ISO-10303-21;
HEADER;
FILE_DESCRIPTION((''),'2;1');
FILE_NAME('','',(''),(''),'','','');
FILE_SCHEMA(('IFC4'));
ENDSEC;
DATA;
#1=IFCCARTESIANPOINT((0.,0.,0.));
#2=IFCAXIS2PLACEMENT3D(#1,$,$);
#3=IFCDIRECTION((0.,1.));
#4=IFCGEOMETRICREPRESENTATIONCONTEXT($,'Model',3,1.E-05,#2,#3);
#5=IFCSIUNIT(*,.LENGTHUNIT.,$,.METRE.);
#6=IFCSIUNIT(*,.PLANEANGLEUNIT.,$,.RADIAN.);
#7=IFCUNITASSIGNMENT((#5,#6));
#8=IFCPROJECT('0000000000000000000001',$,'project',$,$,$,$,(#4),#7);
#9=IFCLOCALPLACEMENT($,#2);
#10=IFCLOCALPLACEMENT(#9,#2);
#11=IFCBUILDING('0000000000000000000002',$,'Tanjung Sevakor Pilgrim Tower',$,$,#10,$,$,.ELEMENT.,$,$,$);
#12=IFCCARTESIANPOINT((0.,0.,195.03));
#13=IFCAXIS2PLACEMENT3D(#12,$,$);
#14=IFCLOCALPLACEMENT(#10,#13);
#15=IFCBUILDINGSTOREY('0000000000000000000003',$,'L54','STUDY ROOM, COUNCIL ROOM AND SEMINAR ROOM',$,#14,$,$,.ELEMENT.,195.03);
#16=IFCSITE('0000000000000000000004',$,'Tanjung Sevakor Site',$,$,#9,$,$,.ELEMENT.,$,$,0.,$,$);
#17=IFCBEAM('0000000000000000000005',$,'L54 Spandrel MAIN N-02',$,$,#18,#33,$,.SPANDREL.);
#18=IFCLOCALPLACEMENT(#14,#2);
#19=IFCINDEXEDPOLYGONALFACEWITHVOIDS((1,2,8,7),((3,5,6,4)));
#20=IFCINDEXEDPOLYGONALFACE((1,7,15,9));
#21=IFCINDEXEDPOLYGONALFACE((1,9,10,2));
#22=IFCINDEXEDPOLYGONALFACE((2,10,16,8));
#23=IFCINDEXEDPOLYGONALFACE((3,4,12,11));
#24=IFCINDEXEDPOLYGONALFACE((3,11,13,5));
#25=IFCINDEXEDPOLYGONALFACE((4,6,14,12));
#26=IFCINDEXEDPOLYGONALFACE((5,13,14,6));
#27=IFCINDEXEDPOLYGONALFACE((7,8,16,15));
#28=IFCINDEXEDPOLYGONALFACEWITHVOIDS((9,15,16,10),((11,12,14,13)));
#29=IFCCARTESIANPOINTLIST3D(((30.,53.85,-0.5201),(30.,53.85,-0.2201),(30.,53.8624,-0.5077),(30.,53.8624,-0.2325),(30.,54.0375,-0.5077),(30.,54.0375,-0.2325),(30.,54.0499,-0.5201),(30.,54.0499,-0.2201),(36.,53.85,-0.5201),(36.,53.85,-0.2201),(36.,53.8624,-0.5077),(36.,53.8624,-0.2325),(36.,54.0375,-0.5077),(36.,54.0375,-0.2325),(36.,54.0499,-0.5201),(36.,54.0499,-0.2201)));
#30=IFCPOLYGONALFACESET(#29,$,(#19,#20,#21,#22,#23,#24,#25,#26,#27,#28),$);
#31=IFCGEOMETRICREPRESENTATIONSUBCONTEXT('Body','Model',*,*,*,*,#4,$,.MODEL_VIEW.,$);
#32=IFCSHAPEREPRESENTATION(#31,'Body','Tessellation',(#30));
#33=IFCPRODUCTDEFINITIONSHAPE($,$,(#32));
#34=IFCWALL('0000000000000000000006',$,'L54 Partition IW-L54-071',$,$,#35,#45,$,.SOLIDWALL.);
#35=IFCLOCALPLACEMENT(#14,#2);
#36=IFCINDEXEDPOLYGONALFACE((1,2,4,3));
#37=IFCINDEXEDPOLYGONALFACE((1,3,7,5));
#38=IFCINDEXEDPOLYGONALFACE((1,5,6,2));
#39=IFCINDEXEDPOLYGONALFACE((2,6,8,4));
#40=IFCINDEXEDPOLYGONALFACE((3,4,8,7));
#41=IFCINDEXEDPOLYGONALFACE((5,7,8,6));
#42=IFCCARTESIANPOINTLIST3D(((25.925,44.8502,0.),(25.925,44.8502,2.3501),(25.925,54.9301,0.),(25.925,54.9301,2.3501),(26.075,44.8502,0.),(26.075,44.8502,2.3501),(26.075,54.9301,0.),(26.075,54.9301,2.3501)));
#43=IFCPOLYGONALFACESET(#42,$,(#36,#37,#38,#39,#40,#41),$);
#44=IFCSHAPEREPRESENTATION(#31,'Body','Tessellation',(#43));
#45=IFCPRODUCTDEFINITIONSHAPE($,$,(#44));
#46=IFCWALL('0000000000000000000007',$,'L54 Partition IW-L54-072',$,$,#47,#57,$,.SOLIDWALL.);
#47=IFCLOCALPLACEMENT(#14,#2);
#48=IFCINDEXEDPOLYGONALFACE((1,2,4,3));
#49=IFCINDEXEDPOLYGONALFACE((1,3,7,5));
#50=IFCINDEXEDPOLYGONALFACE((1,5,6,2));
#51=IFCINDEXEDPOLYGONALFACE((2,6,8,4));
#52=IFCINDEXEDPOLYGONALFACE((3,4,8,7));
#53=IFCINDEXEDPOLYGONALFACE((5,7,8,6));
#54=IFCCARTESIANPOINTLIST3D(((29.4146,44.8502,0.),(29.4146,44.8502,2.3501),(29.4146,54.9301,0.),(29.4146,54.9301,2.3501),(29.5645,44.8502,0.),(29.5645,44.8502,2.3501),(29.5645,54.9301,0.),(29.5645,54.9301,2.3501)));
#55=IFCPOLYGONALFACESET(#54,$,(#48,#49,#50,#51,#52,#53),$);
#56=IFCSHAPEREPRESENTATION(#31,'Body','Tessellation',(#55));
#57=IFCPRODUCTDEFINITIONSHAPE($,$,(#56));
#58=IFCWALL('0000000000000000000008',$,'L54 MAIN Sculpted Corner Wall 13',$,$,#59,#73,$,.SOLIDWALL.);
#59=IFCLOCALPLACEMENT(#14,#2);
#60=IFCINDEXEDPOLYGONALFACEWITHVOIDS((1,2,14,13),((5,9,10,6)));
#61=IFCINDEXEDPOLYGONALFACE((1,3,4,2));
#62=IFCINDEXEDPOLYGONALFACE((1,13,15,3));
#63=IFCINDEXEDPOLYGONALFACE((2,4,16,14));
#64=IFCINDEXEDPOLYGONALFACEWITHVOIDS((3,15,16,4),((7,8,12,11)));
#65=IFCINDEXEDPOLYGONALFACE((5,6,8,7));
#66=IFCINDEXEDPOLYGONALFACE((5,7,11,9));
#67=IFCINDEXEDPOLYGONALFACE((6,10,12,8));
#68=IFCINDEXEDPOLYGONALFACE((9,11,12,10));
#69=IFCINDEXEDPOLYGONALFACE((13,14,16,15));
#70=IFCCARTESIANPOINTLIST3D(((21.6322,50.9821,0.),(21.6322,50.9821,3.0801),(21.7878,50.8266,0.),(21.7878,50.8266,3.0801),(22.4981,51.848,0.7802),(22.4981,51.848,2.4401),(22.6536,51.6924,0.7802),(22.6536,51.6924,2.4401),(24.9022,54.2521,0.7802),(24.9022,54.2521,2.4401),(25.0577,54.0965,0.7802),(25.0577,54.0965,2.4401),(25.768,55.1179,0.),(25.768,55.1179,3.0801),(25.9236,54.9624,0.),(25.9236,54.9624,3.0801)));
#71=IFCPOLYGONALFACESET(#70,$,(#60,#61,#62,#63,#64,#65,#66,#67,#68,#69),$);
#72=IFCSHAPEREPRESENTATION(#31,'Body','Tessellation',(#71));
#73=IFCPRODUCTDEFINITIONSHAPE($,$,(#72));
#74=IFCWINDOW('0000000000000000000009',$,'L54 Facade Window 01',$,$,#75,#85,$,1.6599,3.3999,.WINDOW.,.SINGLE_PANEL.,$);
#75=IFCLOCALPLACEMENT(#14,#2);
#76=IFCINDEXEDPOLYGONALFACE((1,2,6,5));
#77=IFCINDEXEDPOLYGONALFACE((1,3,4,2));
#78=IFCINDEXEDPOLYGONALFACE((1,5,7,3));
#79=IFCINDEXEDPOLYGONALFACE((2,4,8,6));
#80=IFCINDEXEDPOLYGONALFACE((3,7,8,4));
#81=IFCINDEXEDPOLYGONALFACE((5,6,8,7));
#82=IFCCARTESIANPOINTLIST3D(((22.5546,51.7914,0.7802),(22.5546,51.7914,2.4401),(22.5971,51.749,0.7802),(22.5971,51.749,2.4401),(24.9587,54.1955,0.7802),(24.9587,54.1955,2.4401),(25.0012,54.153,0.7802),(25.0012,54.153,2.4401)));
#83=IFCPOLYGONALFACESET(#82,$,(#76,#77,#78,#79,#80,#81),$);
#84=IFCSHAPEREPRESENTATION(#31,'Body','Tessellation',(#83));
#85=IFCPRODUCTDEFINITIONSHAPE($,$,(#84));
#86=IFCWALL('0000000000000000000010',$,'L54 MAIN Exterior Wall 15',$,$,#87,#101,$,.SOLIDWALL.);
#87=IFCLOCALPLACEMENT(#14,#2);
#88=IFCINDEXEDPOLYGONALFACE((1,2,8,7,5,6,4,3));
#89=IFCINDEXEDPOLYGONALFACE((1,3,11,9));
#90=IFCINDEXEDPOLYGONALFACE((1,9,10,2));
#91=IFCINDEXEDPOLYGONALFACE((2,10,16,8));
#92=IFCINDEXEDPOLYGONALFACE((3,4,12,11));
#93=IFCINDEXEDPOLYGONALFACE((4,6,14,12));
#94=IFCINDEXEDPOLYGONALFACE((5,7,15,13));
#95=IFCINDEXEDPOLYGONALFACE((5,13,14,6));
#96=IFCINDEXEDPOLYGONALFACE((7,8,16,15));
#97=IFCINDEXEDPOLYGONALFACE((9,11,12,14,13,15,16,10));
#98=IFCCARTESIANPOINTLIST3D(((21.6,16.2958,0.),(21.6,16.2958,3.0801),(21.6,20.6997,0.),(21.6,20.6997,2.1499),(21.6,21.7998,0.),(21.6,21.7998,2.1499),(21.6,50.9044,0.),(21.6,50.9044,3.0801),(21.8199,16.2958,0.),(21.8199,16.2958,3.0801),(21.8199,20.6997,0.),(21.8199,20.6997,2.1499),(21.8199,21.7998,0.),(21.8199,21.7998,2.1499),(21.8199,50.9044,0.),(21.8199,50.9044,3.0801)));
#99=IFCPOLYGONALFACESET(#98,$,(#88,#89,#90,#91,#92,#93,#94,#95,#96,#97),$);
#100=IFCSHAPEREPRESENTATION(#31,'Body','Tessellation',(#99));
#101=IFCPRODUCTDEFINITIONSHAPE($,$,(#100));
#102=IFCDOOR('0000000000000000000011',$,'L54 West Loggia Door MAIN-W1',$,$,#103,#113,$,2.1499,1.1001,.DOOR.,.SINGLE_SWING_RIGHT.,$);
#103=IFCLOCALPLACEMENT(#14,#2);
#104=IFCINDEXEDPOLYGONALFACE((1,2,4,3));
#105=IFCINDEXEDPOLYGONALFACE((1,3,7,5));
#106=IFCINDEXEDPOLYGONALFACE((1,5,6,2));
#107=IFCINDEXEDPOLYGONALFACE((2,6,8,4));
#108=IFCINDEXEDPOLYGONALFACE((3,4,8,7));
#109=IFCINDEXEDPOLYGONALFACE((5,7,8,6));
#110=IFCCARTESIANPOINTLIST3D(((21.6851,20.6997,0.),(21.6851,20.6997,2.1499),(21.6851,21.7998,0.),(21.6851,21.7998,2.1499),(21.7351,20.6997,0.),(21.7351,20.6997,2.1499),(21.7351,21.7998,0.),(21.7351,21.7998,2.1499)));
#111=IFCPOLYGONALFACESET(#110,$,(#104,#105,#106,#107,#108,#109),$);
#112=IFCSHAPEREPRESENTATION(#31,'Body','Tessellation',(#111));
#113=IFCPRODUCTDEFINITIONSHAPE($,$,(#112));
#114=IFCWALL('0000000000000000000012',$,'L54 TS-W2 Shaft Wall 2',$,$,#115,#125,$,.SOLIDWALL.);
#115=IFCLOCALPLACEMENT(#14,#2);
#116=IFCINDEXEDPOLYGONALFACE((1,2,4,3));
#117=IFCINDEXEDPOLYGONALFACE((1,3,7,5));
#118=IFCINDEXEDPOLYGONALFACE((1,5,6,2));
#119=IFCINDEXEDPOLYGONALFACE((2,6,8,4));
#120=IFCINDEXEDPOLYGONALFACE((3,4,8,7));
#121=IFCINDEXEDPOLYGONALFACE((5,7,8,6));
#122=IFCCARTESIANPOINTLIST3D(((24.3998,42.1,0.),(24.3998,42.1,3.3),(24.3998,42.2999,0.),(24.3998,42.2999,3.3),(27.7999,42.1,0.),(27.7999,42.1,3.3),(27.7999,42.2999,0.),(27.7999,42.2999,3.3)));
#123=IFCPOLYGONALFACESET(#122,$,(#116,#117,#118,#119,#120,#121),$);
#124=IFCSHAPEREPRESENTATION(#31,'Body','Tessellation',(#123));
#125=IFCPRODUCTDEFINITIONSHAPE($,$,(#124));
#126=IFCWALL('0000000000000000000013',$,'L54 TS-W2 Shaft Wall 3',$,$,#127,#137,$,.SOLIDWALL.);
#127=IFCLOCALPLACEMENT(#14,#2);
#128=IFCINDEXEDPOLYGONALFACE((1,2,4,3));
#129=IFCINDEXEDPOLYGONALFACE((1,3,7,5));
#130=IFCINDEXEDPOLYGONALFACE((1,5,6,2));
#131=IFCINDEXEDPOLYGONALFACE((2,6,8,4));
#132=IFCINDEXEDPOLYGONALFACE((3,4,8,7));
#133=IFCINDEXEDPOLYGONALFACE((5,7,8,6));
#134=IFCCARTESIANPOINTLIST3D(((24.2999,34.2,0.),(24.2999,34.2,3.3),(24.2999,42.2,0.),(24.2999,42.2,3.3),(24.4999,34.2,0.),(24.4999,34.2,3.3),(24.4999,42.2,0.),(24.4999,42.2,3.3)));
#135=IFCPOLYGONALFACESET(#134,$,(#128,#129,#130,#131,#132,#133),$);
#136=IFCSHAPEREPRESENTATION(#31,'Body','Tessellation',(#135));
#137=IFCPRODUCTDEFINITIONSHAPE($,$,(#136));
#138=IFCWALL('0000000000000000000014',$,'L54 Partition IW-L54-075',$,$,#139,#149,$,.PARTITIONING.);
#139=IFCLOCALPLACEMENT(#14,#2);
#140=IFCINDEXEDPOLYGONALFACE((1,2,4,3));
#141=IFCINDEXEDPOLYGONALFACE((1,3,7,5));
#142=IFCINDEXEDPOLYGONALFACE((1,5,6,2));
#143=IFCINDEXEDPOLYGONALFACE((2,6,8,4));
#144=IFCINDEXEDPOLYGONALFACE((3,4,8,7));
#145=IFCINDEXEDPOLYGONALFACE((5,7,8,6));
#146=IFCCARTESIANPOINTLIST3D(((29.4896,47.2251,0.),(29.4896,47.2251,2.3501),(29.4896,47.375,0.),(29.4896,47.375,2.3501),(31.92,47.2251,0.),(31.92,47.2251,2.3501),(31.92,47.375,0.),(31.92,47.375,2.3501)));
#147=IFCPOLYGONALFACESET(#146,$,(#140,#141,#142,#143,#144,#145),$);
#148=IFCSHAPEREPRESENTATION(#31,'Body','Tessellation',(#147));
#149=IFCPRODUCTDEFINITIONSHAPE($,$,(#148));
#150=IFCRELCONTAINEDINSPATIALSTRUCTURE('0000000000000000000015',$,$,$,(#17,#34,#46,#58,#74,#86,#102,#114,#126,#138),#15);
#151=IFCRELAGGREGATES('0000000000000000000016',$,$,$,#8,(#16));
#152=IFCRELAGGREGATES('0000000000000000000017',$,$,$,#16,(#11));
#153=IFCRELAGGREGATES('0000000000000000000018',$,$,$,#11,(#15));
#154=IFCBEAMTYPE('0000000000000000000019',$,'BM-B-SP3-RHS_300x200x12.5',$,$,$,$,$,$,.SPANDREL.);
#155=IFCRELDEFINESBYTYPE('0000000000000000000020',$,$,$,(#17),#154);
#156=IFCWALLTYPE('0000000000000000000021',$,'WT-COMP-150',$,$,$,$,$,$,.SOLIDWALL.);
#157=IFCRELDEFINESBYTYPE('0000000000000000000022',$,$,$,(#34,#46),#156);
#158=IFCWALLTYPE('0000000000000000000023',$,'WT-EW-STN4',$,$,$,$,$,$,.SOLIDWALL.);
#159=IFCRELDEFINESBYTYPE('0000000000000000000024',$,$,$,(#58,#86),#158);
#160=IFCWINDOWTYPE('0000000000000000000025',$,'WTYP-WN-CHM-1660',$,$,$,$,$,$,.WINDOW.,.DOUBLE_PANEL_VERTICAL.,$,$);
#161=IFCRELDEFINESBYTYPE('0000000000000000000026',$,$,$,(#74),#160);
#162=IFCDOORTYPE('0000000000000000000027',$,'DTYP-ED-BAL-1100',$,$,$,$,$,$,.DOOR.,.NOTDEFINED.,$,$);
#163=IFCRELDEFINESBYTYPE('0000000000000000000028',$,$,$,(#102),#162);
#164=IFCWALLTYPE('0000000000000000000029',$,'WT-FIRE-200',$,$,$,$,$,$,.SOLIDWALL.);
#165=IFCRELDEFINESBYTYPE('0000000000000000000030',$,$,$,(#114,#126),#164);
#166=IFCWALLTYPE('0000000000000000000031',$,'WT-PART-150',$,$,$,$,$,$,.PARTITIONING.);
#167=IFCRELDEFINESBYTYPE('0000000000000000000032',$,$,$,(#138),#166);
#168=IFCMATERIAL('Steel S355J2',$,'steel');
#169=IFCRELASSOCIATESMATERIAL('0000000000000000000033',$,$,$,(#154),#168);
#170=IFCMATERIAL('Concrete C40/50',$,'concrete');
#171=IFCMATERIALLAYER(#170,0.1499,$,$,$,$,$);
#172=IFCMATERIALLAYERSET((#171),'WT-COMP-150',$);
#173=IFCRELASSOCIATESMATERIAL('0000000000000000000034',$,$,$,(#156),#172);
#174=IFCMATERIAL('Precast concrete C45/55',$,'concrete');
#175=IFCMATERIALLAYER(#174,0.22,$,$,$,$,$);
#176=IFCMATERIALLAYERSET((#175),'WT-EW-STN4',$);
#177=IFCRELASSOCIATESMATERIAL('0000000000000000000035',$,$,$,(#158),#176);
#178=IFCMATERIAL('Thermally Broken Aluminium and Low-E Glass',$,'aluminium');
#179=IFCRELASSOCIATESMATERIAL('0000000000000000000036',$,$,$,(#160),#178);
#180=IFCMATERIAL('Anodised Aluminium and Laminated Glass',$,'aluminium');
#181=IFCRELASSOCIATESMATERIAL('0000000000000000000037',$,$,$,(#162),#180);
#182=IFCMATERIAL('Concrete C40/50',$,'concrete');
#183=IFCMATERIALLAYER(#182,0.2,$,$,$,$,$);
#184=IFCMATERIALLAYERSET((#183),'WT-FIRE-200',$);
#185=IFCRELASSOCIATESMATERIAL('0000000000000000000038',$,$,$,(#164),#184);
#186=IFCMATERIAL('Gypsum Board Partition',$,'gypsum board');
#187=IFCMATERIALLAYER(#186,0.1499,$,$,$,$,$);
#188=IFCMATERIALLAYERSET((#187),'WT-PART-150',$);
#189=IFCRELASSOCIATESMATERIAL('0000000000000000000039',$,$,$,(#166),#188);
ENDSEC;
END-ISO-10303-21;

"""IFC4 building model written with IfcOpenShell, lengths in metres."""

from ifc_helpers import new_model, si_unit, direction, frame, frame_2d, origin, origin_2d, place, context, subcontext, project, spatial, rectangle, hollow_rectangle, extrude, material, layer, layer_set, material_profile, profile_set, type_object, element, fill, save


model = new_model("IFC4")

# Units and contexts
model_context = context("Model", 3, precision=1e-05, world=origin(), true_north=direction((0.0, 1.0)))
body_context = subcontext(model_context, "Body", "Model", "MODEL_VIEW")
ifc_project = project(units=[si_unit("LENGTHUNIT", "METRE"), si_unit("PLANEANGLEUNIT", "RADIAN")], contexts=[model_context])

# Site, building, storey
site_placement = place(None, origin())
site = spatial("IfcSite", under=ifc_project, at=site_placement, Name="Tanjung Sevakor Site", CompositionType="ELEMENT", RefElevation=0.0)
building_placement = place(site_placement, origin())
building = spatial("IfcBuilding", under=site, at=building_placement, Name="Tanjung Sevakor Pilgrim Tower", CompositionType="ELEMENT")
storey_placement = place(building_placement, frame((0.0, 0.0, 195.03)))
storey = spatial("IfcBuildingStorey", under=building, at=storey_placement, Name="L54", Description="STUDY ROOM, COUNCIL ROOM AND SEMINAR ROOM", CompositionType="ELEMENT", Elevation=195.03)

# Beam
ifc_material_1 = material(Name="Steel S355J2", Category="steel")
ifc_material_profile_1 = material_profile(ifc_material_1, hollow_rectangle(XDim=0.2, YDim=0.3, WallThickness=0.0125, at=origin_2d()))
ifc_profile_set_1 = profile_set([ifc_material_profile_1], Name="Steel S355J2")
beam_type_1 = type_object("IfcBeamType", Name="BM-B-SP3-RHS_300x200x12.5", PredefinedType="SPANDREL", material=ifc_profile_set_1)
beam_1_placement = place(storey_placement, frame((30.0, 53.95, -0.3701), z_axis=(1.0, 0.0, 0.0), x_axis=(0.0, 1.0, 0.0)))
element("IfcBeam", 1, at=beam_1_placement, inside=storey, type_object=beam_type_1, Name="L54 Spandrel MAIN N-02", PredefinedType="SPANDREL", context=body_context, shape_type="SweptSolid", body=[
    extrude(hollow_rectangle(XDim=0.2, YDim=0.3, WallThickness=0.0125, at=origin_2d()), origin(), (0.0, 0.0, 1.0), 6.0),
])

# Walls
ifc_material_2 = material(Name="Concrete C40/50", Category="concrete")
ifc_layer_1 = layer(ifc_material_2, 0.1499)
ifc_layer_set_1 = layer_set([ifc_layer_1], Name="WT-COMP-150")
wall_type_1 = type_object("IfcWallType", Name="WT-COMP-150", PredefinedType="SOLIDWALL", material=ifc_layer_set_1)
for number, where, z_axis, x_axis, name in (
    (2, (26.0, 44.8501, 0.0), (0.0, 0.0, 1.0), (0.0, 1.0, 0.0), "L54 Partition IW-L54-071"),
    (3, (29.4895, 44.8501, 0.0), (0.0, 0.0, 1.0), (0.0, 1.0, 0.0), "L54 Partition IW-L54-072"),
):
    element("IfcWall", number, at=place(storey_placement, frame(where, z_axis=z_axis, x_axis=x_axis)), inside=storey, type_object=wall_type_1, Name=name, PredefinedType="SOLIDWALL", context=body_context, shape_type="SweptSolid", body=[
        extrude(rectangle(XDim=10.0798, YDim=0.1499, at=frame_2d((5.04, 0.0))), origin(), (0.0, 0.0, 1.0), 2.3501),
    ])

# Wall, opening, window
ifc_material_3 = material(Name="Precast concrete C45/55", Category="concrete")
ifc_layer_2 = layer(ifc_material_3, 0.22)
ifc_layer_set_2 = layer_set([ifc_layer_2], Name="WT-EW-STN4")
wall_type_2 = type_object("IfcWallType", Name="WT-EW-STN4", PredefinedType="SOLIDWALL", material=ifc_layer_set_2)
wall_1_placement = place(storey_placement, frame((25.8457, 55.04, 0.0), z_axis=(0.0, 0.0, 1.0), x_axis=(-0.707107, -0.707107, 0.0)))
wall_1 = element("IfcWall", 4, at=wall_1_placement, inside=storey, type_object=wall_type_2, Name="L54 MAIN Sculpted Corner Wall 13", PredefinedType="SOLIDWALL", context=body_context, shape_type="SweptSolid", body=[
    extrude(rectangle(XDim=5.8489, YDim=0.22, at=frame_2d((2.9243, 0.0))), origin(), (0.0, 0.0, 1.0), 3.0801),
])
opening_1_placement = place(wall_1_placement, frame((1.2244, 0.0, 0.78)))
opening_1 = element("IfcOpeningElement", 5, at=opening_1_placement, cuts=wall_1, PredefinedType="OPENING", context=body_context, shape_type="SweptSolid", body=[
    extrude(rectangle(XDim=3.3999, YDim=1.6599, at=frame_2d((1.7, 0.8301))), frame((0.0, 0.1199, 0.0), z_axis=(0.0, -1.0, 0.0), x_axis=(1.0, 0.0, 0.0)), (0.0, 0.0, 1.0), 0.24),
])
ifc_material_4 = material(Name="Thermally Broken Aluminium and Low-E Glass", Category="aluminium")
window_type = type_object("IfcWindowType", Name="WTYP-WN-CHM-1660", PartitioningType="DOUBLE_PANEL_VERTICAL", PredefinedType="WINDOW", material=ifc_material_4)
window_placement = place(opening_1_placement, origin())
window = element("IfcWindow", 6, at=window_placement, inside=storey, type_object=window_type, Name="L54 Facade Window 01", OverallHeight=1.6599, OverallWidth=3.3999, PartitioningType="SINGLE_PANEL", PredefinedType="WINDOW", context=body_context, shape_type="SweptSolid", body=[
    extrude(rectangle(XDim=3.3999, YDim=1.6599, at=frame_2d((1.7, 0.8301))), frame((0.0, 0.03, 0.0), z_axis=(0.0, -1.0, 0.0), x_axis=(1.0, 0.0, 0.0)), (0.0, 0.0, 1.0), 0.0601),
])
fill(opening_1, window)

# Wall, opening, door
wall_2_placement = place(storey_placement, frame((21.71, 50.9043, 0.0), z_axis=(0.0, 0.0, 1.0), x_axis=(0.0, -1.0, 0.0)))
wall_2 = element("IfcWall", 7, at=wall_2_placement, inside=storey, type_object=wall_type_2, Name="L54 MAIN Exterior Wall 15", PredefinedType="SOLIDWALL", context=body_context, shape_type="SweptSolid", body=[
    extrude(rectangle(XDim=34.6086, YDim=0.22, at=frame_2d((17.3042, 0.0))), origin(), (0.0, 0.0, 1.0), 3.0801),
])
opening_2_placement = place(wall_2_placement, frame((29.1045, 0.0, 0.0)))
opening_2 = element("IfcOpeningElement", 8, at=opening_2_placement, cuts=wall_2, PredefinedType="OPENING", context=body_context, shape_type="SweptSolid", body=[
    extrude(rectangle(XDim=1.1001, YDim=2.1499, at=frame_2d((0.55, 1.075))), frame((0.0, 0.1199, 0.0), z_axis=(0.0, -1.0, 0.0), x_axis=(1.0, 0.0, 0.0)), (0.0, 0.0, 1.0), 0.24),
])
ifc_material_5 = material(Name="Anodised Aluminium and Laminated Glass", Category="aluminium")
door_type_1 = type_object("IfcDoorType", Name="DTYP-ED-BAL-1100", OperationType="NOTDEFINED", PredefinedType="DOOR", material=ifc_material_5)
door_1_placement = place(opening_2_placement, frame((1.1001, 0.0, 0.0), z_axis=(0.0, 0.0, 1.0), x_axis=(-1.0, 0.0, 0.0)))
door_1 = element("IfcDoor", 9, at=door_1_placement, inside=storey, type_object=door_type_1, Name="L54 West Loggia Door MAIN-W1", OperationType="SINGLE_SWING_RIGHT", OverallHeight=2.1499, OverallWidth=1.1001, PredefinedType="DOOR", context=body_context, shape_type="SweptSolid", body=[
    extrude(rectangle(XDim=1.1001, YDim=2.1499, at=frame_2d((0.55, 1.075))), frame((0.0, 0.0249, 0.0), z_axis=(0.0, -1.0, 0.0), x_axis=(1.0, 0.0, 0.0)), (0.0, 0.0, 1.0), 0.05),
])
fill(opening_2, door_1)

# Walls
ifc_material_6 = material(Name="Concrete C40/50", Category="concrete")
ifc_layer_3 = layer(ifc_material_6, 0.2)
ifc_layer_set_3 = layer_set([ifc_layer_3], Name="WT-FIRE-200")
wall_type_3 = type_object("IfcWallType", Name="WT-FIRE-200", PredefinedType="SOLIDWALL", material=ifc_layer_set_3)
wall_3_placement = place(storey_placement, frame((27.8, 42.2, 0.0), z_axis=(0.0, 0.0, 1.0), x_axis=(-1.0, 0.0, 0.0)))
element("IfcWall", 10, at=wall_3_placement, inside=storey, type_object=wall_type_3, Name="L54 TS-W2 Shaft Wall 2", PredefinedType="SOLIDWALL", context=body_context, shape_type="SweptSolid", body=[
    extrude(rectangle(XDim=3.4001, YDim=0.2, at=frame_2d((1.7002, 0.0))), origin(), (0.0, 0.0, 1.0), 3.3),
])
wall_4_placement = place(storey_placement, frame((24.3999, 42.2, 0.0), z_axis=(0.0, 0.0, 1.0), x_axis=(0.0, -1.0, 0.0)))
element("IfcWall", 11, at=wall_4_placement, inside=storey, type_object=wall_type_3, Name="L54 TS-W2 Shaft Wall 3", PredefinedType="SOLIDWALL", context=body_context, shape_type="SweptSolid", body=[
    extrude(rectangle(XDim=8.0, YDim=0.2, at=frame_2d((4.0, 0.0))), origin(), (0.0, 0.0, 1.0), 3.3),
])
ifc_material_7 = material(Name="Gypsum Board Partition", Category="gypsum board")
ifc_layer_4 = layer(ifc_material_7, 0.1499)
ifc_layer_set_4 = layer_set([ifc_layer_4], Name="WT-PART-150")
wall_type_4 = type_object("IfcWallType", Name="WT-PART-150", PredefinedType="PARTITIONING", material=ifc_layer_set_4)
wall_5_placement = place(storey_placement, frame((29.4895, 47.3, 0.0), z_axis=(0.0, 0.0, 1.0), x_axis=(1.0, 0.0, 0.0)))
element("IfcWall", 12, at=wall_5_placement, inside=storey, type_object=wall_type_4, Name="L54 Partition IW-L54-075", PredefinedType="PARTITIONING", context=body_context, shape_type="SweptSolid", body=[
    extrude(rectangle(XDim=2.4304, YDim=0.1499, at=frame_2d((1.2153, 0.0))), origin(), (0.0, 0.0, 1.0), 2.3501),
])

save(model, "model.ifc")
